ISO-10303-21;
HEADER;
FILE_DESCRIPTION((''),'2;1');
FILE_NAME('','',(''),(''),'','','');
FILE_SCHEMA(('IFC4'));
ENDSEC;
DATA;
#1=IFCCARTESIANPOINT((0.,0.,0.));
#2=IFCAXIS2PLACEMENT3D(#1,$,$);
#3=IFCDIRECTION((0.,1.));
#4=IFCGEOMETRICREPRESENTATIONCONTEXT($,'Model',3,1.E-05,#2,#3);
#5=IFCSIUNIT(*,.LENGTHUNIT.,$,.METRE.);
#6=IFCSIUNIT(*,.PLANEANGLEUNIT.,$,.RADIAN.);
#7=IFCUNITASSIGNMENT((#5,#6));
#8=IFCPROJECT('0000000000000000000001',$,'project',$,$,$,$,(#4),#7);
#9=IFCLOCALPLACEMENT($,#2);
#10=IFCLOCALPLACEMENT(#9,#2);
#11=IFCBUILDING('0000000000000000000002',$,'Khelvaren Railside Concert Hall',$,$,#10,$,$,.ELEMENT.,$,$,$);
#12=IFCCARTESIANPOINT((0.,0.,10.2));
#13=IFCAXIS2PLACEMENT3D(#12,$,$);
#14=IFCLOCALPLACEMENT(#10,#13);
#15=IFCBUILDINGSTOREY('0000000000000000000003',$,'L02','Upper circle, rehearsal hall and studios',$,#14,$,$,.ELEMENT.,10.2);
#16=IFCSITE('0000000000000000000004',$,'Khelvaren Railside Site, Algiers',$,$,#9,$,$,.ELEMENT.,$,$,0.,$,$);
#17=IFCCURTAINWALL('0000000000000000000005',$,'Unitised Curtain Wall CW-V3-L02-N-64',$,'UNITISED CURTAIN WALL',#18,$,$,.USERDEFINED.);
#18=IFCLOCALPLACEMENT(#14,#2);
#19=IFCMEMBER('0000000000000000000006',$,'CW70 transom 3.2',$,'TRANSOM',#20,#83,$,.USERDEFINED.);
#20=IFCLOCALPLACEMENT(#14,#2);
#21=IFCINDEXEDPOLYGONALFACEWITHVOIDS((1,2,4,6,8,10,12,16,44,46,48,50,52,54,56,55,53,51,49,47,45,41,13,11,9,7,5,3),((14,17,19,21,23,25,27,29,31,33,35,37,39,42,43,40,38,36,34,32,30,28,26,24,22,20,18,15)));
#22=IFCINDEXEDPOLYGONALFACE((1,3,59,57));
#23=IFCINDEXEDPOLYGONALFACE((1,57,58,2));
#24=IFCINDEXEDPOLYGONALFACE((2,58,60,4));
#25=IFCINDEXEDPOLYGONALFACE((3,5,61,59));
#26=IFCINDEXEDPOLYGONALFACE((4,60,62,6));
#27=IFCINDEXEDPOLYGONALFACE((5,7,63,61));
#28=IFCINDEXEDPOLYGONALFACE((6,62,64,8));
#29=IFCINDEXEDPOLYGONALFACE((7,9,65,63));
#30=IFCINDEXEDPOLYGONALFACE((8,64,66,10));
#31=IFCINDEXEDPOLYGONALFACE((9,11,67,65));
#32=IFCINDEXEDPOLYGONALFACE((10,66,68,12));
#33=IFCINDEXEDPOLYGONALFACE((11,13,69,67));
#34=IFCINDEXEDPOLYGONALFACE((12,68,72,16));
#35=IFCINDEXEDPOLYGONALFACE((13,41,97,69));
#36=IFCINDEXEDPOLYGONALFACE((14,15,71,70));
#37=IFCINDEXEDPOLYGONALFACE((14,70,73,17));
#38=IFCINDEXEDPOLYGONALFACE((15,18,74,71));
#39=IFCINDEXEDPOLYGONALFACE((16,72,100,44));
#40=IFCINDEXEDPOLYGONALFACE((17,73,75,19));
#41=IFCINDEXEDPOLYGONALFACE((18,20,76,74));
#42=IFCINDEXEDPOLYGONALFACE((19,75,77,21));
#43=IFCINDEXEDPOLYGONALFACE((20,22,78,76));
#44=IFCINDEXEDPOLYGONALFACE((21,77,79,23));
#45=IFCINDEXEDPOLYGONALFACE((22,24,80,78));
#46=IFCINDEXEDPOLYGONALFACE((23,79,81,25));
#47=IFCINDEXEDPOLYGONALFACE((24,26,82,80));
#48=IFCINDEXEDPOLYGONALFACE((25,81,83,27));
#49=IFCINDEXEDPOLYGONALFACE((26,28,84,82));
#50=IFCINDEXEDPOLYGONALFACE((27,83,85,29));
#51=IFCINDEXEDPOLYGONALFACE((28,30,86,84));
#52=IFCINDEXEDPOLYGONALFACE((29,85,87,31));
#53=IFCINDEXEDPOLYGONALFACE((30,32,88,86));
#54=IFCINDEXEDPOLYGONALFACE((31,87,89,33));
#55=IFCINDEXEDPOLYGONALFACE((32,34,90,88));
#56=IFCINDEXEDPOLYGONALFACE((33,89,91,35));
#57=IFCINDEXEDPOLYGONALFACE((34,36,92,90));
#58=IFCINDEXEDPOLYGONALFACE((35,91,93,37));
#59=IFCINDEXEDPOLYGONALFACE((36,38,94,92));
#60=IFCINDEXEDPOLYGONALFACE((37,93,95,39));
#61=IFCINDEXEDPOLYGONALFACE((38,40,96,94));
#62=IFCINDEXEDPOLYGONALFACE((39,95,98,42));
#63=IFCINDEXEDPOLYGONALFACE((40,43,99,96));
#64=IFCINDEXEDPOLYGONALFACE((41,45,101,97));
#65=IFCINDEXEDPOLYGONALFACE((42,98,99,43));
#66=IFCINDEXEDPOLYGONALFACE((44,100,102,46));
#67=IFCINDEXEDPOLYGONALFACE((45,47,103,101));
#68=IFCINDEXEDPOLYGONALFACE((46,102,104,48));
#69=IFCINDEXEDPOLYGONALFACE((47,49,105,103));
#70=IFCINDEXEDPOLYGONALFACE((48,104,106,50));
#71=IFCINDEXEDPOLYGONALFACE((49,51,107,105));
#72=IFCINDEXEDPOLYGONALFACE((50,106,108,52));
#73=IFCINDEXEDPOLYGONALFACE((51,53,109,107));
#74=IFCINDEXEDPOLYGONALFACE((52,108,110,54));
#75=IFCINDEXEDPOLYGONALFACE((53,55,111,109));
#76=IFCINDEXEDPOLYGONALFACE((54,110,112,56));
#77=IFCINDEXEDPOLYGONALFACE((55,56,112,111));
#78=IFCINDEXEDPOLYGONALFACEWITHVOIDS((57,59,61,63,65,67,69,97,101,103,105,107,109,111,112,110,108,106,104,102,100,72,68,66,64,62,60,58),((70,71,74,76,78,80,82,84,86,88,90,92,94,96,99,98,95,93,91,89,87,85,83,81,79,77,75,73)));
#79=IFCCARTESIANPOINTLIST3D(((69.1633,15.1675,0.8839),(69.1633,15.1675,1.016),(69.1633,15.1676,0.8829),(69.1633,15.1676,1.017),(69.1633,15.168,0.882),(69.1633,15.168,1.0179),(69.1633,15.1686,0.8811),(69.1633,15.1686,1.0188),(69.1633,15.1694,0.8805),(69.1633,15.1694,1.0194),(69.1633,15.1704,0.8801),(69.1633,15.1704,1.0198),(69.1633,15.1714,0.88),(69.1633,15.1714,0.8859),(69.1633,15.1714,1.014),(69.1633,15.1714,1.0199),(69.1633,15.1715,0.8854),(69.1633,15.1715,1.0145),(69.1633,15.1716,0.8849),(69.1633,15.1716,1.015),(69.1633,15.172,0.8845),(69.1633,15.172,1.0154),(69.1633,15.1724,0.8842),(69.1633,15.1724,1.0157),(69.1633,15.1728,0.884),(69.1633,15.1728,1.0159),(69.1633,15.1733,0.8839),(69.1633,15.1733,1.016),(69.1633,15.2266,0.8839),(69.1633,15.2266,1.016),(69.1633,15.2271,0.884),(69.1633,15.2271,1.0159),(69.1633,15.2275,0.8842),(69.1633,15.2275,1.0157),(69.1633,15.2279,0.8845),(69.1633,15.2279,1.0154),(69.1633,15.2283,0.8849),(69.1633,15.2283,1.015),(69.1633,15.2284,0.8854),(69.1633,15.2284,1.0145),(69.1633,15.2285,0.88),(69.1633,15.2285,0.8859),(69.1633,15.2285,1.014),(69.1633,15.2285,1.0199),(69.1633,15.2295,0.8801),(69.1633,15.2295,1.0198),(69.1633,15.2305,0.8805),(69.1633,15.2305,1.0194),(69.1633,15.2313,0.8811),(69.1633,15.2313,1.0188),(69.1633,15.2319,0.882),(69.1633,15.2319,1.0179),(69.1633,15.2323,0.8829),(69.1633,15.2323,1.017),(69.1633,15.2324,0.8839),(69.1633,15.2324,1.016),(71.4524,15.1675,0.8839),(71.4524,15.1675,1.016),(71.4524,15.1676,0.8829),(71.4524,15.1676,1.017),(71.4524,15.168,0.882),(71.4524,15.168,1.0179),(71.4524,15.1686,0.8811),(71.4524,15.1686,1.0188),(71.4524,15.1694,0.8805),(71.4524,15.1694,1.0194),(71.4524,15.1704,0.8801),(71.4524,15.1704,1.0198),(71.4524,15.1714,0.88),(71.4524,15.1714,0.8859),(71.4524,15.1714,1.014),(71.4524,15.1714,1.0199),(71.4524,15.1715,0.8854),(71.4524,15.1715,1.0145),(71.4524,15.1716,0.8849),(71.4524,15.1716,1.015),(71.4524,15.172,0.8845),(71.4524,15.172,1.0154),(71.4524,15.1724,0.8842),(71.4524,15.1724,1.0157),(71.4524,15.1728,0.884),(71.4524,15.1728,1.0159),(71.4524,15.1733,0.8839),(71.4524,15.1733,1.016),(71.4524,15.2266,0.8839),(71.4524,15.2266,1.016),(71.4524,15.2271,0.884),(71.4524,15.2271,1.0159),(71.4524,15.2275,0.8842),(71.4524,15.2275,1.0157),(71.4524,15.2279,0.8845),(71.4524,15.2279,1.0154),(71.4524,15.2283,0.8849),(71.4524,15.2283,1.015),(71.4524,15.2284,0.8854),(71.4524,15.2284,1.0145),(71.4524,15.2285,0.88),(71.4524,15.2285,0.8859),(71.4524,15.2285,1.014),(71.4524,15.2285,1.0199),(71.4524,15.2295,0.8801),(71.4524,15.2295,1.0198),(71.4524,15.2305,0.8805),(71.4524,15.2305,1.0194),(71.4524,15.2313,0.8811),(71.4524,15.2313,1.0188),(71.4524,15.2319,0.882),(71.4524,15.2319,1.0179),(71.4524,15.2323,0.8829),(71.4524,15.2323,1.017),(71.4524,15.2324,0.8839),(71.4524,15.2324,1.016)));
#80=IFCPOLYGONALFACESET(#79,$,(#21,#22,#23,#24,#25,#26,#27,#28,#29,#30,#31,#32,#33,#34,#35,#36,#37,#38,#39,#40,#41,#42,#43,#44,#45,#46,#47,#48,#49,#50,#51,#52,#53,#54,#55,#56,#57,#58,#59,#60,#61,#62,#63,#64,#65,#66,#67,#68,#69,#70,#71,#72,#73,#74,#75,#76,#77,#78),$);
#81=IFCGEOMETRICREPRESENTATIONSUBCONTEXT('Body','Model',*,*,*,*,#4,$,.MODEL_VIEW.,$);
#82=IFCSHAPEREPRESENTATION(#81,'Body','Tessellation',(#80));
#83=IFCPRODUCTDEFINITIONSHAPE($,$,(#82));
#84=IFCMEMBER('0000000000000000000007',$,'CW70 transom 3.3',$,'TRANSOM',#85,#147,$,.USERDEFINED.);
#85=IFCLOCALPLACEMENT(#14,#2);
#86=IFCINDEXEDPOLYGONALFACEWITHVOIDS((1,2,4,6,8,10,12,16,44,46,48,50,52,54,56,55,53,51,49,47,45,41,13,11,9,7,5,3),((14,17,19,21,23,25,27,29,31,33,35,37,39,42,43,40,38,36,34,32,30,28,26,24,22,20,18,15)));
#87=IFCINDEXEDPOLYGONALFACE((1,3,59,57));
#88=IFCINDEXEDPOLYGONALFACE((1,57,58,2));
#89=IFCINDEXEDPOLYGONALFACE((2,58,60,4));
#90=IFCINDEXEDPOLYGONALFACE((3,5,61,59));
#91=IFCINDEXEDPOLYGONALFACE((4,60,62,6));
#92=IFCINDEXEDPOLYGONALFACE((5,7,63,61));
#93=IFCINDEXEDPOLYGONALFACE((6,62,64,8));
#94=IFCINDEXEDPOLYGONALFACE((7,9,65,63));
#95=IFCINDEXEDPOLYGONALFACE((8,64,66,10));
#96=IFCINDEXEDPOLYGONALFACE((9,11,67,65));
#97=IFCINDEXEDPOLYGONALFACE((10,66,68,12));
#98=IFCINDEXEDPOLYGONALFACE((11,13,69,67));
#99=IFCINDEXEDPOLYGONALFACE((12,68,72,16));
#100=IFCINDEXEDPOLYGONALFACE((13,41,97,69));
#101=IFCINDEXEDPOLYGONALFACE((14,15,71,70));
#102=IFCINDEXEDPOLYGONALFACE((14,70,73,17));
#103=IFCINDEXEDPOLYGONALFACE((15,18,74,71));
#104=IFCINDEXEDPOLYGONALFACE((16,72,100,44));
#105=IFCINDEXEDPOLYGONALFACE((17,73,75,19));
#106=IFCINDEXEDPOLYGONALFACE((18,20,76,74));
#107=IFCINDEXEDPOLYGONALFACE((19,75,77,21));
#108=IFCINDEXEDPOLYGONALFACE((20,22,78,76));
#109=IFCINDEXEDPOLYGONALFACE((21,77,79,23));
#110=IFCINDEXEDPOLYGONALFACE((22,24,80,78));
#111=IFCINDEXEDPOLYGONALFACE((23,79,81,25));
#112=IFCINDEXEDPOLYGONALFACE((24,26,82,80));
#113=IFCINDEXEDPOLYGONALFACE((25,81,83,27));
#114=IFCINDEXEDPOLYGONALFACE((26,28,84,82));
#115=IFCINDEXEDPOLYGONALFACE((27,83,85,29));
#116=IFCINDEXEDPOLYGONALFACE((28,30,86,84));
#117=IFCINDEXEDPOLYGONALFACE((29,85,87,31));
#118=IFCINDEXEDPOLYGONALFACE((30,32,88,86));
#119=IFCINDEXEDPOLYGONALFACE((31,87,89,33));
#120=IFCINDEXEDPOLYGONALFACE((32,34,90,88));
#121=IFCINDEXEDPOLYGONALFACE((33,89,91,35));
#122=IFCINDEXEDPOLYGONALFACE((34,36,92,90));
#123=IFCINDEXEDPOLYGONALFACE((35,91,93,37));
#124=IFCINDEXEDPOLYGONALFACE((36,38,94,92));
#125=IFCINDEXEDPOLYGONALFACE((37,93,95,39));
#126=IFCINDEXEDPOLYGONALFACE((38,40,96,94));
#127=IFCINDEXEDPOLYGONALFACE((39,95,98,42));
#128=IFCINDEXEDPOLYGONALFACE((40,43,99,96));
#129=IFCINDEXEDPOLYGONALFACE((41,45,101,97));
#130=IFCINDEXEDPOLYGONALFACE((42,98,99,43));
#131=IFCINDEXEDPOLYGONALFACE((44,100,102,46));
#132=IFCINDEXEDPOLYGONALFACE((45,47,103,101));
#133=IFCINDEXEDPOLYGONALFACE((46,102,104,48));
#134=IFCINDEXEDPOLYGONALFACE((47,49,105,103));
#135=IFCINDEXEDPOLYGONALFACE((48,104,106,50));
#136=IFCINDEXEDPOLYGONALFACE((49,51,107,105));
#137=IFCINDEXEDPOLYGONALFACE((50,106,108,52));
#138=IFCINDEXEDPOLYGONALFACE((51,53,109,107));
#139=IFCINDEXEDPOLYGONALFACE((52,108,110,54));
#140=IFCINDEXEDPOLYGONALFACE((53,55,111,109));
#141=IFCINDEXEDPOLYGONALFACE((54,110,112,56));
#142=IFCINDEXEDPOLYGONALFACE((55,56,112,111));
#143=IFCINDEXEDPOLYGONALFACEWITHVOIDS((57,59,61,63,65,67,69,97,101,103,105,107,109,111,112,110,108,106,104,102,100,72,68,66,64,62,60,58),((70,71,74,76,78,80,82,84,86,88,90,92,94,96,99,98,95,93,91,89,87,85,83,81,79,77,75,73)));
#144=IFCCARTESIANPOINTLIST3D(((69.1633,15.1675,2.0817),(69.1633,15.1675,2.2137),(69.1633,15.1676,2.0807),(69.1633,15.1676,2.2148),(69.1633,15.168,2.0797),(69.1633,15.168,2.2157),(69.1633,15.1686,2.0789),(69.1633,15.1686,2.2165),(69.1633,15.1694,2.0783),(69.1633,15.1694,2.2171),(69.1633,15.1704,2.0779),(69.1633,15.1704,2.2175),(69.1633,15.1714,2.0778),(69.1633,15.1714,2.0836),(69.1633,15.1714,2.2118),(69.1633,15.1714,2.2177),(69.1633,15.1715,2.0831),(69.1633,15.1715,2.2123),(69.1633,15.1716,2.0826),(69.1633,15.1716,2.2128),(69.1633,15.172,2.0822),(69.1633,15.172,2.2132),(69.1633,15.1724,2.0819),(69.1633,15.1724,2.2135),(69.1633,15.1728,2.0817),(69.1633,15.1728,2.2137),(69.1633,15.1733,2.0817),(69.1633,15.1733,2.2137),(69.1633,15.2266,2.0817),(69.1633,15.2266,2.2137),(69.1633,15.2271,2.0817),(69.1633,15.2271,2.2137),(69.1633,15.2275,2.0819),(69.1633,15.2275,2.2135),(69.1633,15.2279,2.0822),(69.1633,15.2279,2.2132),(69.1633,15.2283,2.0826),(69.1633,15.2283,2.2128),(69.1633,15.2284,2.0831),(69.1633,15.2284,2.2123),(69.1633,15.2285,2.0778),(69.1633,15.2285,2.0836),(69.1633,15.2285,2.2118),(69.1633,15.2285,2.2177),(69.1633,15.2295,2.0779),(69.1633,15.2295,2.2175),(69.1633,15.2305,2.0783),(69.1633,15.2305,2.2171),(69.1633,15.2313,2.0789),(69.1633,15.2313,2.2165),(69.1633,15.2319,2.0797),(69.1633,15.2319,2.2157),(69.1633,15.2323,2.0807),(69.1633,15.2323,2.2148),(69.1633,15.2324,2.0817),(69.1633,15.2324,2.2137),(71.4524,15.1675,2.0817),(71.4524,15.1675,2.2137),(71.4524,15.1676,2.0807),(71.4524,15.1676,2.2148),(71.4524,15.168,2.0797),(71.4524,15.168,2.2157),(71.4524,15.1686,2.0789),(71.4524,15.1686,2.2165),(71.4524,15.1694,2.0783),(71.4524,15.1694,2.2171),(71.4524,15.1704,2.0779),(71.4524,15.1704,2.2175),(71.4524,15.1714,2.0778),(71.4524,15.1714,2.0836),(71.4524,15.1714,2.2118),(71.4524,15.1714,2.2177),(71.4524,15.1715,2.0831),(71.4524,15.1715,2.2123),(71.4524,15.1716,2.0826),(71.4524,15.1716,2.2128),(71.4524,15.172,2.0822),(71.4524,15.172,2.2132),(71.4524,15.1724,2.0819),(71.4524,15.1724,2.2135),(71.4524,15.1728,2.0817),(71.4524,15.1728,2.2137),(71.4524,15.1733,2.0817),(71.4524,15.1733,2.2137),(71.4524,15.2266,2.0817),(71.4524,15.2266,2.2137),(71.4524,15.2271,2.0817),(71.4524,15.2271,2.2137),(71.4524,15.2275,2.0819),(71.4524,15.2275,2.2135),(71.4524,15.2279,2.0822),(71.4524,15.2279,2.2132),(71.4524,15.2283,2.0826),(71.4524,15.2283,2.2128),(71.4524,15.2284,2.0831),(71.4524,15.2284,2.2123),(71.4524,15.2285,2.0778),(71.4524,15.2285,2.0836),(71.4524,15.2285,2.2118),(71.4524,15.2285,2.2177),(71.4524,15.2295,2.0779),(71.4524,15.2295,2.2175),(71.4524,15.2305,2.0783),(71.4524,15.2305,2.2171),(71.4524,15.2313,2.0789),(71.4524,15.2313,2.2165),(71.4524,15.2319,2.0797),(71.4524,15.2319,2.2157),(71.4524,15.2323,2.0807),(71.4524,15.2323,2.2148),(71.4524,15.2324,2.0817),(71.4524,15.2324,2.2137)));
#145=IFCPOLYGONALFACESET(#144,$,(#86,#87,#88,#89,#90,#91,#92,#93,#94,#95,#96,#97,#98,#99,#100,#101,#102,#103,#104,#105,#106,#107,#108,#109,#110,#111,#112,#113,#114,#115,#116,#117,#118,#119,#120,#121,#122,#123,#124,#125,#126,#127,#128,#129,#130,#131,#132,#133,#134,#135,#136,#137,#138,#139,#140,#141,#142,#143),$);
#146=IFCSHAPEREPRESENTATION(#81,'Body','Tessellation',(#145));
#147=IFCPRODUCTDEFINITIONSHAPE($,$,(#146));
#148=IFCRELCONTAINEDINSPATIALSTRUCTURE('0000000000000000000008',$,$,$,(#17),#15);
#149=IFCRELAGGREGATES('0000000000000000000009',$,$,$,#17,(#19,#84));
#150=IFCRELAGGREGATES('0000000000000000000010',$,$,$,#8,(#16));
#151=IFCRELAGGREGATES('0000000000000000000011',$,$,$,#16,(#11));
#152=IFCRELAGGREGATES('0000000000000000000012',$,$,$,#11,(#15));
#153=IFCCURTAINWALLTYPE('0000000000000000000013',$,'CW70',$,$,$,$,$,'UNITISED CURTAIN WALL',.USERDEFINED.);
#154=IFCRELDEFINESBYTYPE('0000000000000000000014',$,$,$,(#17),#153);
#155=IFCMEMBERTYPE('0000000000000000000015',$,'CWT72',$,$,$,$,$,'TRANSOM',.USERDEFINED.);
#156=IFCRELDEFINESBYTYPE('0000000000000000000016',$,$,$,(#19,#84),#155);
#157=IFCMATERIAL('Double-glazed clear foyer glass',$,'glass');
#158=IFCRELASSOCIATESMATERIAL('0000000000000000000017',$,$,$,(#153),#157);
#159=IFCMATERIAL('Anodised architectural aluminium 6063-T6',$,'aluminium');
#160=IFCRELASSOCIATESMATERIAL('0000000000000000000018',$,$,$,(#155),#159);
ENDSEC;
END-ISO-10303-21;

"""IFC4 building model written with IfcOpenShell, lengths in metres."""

from ifc_helpers import new_model, si_unit, direction, frame, origin, origin_2d, place, context, subcontext, project, spatial, hollow_rectangle, extrude, material, material_profile, profile_set, type_object, element, aggregate, save


model = new_model("IFC4")

# Units and contexts
model_context = context("Model", 3, precision=1e-05, world=origin(), true_north=direction((0.0, 1.0)))
body_context = subcontext(model_context, "Body", "Model", "MODEL_VIEW")
ifc_project = project(units=[si_unit("LENGTHUNIT", "METRE"), si_unit("PLANEANGLEUNIT", "RADIAN")], contexts=[model_context])

# Site, building, storey
site_placement = place(None, origin())
site = spatial("IfcSite", under=ifc_project, at=site_placement, Name="Khelvaren Railside Site, Algiers", CompositionType="ELEMENT", RefElevation=0.0)
building_placement = place(site_placement, origin())
building = spatial("IfcBuilding", under=site, at=building_placement, Name="Khelvaren Railside Concert Hall", CompositionType="ELEMENT")
storey_placement = place(building_placement, frame((0.0, 0.0, 10.2)))
storey = spatial("IfcBuildingStorey", under=building, at=storey_placement, Name="L02", Description="Upper circle, rehearsal hall and studios", CompositionType="ELEMENT", Elevation=10.2)

# Curtain wall
ifc_material_1 = material(Name="Double-glazed clear foyer glass", Category="glass")
curtain_wall_type_1 = type_object("IfcCurtainWallType", Name="CW70", ElementType="UNITISED CURTAIN WALL", PredefinedType="USERDEFINED", material=ifc_material_1)
curtain_wall_1_placement = place(storey_placement, origin())
curtain_wall_1 = element("IfcCurtainWall", 1, at=curtain_wall_1_placement, inside=storey, type_object=curtain_wall_type_1, Name="Unitised Curtain Wall CW-V3-L02-N-64", ObjectType="UNITISED CURTAIN WALL", PredefinedType="USERDEFINED")
ifc_material_2 = material(Name="Anodised architectural aluminium 6063-T6", Category="aluminium")

# Members
ifc_material_profile_1 = material_profile(ifc_material_2, hollow_rectangle(XDim=0.0649, YDim=0.1399, WallThickness=0.0039, InnerFilletRadius=0.002, OuterFilletRadius=0.0039, at=origin_2d()), Name="CWT 65x140x4")
ifc_profile_set_1 = profile_set([ifc_material_profile_1], Name="Anodised architectural aluminium 6063-T6")
member_type_1 = type_object("IfcMemberType", Name="CWT72", ElementType="TRANSOM", PredefinedType="USERDEFINED", material=ifc_profile_set_1)
member_1_placement = place(storey_placement, frame((69.1633, 15.2, 0.95), z_axis=(1.0, 0.0, 0.0), x_axis=(0.0, 1.0, 0.0)))
member_1 = element("IfcMember", 2, at=member_1_placement, type_object=member_type_1, Name="CW70 transom 3.2", ObjectType="TRANSOM", PredefinedType="USERDEFINED", context=body_context, shape_type="SweptSolid", body=[
    extrude(hollow_rectangle(XDim=0.0649, YDim=0.1399, WallThickness=0.0039, InnerFilletRadius=0.002, OuterFilletRadius=0.0039, at=origin_2d()), origin(), (0.0, 0.0, 1.0), 2.2891),
])
member_2_placement = place(storey_placement, frame((69.1633, 15.2, 2.1477), z_axis=(1.0, 0.0, 0.0), x_axis=(0.0, 1.0, 0.0)))
member_2 = element("IfcMember", 3, at=member_2_placement, type_object=member_type_1, Name="CW70 transom 3.3", ObjectType="TRANSOM", PredefinedType="USERDEFINED", context=body_context, shape_type="SweptSolid", body=[
    extrude(hollow_rectangle(XDim=0.0649, YDim=0.1399, WallThickness=0.0039, InnerFilletRadius=0.002, OuterFilletRadius=0.0039, at=origin_2d()), origin(), (0.0, 0.0, 1.0), 2.2891),
])

aggregate(curtain_wall_1, [member_1, member_2])

save(model, "model.ifc")
